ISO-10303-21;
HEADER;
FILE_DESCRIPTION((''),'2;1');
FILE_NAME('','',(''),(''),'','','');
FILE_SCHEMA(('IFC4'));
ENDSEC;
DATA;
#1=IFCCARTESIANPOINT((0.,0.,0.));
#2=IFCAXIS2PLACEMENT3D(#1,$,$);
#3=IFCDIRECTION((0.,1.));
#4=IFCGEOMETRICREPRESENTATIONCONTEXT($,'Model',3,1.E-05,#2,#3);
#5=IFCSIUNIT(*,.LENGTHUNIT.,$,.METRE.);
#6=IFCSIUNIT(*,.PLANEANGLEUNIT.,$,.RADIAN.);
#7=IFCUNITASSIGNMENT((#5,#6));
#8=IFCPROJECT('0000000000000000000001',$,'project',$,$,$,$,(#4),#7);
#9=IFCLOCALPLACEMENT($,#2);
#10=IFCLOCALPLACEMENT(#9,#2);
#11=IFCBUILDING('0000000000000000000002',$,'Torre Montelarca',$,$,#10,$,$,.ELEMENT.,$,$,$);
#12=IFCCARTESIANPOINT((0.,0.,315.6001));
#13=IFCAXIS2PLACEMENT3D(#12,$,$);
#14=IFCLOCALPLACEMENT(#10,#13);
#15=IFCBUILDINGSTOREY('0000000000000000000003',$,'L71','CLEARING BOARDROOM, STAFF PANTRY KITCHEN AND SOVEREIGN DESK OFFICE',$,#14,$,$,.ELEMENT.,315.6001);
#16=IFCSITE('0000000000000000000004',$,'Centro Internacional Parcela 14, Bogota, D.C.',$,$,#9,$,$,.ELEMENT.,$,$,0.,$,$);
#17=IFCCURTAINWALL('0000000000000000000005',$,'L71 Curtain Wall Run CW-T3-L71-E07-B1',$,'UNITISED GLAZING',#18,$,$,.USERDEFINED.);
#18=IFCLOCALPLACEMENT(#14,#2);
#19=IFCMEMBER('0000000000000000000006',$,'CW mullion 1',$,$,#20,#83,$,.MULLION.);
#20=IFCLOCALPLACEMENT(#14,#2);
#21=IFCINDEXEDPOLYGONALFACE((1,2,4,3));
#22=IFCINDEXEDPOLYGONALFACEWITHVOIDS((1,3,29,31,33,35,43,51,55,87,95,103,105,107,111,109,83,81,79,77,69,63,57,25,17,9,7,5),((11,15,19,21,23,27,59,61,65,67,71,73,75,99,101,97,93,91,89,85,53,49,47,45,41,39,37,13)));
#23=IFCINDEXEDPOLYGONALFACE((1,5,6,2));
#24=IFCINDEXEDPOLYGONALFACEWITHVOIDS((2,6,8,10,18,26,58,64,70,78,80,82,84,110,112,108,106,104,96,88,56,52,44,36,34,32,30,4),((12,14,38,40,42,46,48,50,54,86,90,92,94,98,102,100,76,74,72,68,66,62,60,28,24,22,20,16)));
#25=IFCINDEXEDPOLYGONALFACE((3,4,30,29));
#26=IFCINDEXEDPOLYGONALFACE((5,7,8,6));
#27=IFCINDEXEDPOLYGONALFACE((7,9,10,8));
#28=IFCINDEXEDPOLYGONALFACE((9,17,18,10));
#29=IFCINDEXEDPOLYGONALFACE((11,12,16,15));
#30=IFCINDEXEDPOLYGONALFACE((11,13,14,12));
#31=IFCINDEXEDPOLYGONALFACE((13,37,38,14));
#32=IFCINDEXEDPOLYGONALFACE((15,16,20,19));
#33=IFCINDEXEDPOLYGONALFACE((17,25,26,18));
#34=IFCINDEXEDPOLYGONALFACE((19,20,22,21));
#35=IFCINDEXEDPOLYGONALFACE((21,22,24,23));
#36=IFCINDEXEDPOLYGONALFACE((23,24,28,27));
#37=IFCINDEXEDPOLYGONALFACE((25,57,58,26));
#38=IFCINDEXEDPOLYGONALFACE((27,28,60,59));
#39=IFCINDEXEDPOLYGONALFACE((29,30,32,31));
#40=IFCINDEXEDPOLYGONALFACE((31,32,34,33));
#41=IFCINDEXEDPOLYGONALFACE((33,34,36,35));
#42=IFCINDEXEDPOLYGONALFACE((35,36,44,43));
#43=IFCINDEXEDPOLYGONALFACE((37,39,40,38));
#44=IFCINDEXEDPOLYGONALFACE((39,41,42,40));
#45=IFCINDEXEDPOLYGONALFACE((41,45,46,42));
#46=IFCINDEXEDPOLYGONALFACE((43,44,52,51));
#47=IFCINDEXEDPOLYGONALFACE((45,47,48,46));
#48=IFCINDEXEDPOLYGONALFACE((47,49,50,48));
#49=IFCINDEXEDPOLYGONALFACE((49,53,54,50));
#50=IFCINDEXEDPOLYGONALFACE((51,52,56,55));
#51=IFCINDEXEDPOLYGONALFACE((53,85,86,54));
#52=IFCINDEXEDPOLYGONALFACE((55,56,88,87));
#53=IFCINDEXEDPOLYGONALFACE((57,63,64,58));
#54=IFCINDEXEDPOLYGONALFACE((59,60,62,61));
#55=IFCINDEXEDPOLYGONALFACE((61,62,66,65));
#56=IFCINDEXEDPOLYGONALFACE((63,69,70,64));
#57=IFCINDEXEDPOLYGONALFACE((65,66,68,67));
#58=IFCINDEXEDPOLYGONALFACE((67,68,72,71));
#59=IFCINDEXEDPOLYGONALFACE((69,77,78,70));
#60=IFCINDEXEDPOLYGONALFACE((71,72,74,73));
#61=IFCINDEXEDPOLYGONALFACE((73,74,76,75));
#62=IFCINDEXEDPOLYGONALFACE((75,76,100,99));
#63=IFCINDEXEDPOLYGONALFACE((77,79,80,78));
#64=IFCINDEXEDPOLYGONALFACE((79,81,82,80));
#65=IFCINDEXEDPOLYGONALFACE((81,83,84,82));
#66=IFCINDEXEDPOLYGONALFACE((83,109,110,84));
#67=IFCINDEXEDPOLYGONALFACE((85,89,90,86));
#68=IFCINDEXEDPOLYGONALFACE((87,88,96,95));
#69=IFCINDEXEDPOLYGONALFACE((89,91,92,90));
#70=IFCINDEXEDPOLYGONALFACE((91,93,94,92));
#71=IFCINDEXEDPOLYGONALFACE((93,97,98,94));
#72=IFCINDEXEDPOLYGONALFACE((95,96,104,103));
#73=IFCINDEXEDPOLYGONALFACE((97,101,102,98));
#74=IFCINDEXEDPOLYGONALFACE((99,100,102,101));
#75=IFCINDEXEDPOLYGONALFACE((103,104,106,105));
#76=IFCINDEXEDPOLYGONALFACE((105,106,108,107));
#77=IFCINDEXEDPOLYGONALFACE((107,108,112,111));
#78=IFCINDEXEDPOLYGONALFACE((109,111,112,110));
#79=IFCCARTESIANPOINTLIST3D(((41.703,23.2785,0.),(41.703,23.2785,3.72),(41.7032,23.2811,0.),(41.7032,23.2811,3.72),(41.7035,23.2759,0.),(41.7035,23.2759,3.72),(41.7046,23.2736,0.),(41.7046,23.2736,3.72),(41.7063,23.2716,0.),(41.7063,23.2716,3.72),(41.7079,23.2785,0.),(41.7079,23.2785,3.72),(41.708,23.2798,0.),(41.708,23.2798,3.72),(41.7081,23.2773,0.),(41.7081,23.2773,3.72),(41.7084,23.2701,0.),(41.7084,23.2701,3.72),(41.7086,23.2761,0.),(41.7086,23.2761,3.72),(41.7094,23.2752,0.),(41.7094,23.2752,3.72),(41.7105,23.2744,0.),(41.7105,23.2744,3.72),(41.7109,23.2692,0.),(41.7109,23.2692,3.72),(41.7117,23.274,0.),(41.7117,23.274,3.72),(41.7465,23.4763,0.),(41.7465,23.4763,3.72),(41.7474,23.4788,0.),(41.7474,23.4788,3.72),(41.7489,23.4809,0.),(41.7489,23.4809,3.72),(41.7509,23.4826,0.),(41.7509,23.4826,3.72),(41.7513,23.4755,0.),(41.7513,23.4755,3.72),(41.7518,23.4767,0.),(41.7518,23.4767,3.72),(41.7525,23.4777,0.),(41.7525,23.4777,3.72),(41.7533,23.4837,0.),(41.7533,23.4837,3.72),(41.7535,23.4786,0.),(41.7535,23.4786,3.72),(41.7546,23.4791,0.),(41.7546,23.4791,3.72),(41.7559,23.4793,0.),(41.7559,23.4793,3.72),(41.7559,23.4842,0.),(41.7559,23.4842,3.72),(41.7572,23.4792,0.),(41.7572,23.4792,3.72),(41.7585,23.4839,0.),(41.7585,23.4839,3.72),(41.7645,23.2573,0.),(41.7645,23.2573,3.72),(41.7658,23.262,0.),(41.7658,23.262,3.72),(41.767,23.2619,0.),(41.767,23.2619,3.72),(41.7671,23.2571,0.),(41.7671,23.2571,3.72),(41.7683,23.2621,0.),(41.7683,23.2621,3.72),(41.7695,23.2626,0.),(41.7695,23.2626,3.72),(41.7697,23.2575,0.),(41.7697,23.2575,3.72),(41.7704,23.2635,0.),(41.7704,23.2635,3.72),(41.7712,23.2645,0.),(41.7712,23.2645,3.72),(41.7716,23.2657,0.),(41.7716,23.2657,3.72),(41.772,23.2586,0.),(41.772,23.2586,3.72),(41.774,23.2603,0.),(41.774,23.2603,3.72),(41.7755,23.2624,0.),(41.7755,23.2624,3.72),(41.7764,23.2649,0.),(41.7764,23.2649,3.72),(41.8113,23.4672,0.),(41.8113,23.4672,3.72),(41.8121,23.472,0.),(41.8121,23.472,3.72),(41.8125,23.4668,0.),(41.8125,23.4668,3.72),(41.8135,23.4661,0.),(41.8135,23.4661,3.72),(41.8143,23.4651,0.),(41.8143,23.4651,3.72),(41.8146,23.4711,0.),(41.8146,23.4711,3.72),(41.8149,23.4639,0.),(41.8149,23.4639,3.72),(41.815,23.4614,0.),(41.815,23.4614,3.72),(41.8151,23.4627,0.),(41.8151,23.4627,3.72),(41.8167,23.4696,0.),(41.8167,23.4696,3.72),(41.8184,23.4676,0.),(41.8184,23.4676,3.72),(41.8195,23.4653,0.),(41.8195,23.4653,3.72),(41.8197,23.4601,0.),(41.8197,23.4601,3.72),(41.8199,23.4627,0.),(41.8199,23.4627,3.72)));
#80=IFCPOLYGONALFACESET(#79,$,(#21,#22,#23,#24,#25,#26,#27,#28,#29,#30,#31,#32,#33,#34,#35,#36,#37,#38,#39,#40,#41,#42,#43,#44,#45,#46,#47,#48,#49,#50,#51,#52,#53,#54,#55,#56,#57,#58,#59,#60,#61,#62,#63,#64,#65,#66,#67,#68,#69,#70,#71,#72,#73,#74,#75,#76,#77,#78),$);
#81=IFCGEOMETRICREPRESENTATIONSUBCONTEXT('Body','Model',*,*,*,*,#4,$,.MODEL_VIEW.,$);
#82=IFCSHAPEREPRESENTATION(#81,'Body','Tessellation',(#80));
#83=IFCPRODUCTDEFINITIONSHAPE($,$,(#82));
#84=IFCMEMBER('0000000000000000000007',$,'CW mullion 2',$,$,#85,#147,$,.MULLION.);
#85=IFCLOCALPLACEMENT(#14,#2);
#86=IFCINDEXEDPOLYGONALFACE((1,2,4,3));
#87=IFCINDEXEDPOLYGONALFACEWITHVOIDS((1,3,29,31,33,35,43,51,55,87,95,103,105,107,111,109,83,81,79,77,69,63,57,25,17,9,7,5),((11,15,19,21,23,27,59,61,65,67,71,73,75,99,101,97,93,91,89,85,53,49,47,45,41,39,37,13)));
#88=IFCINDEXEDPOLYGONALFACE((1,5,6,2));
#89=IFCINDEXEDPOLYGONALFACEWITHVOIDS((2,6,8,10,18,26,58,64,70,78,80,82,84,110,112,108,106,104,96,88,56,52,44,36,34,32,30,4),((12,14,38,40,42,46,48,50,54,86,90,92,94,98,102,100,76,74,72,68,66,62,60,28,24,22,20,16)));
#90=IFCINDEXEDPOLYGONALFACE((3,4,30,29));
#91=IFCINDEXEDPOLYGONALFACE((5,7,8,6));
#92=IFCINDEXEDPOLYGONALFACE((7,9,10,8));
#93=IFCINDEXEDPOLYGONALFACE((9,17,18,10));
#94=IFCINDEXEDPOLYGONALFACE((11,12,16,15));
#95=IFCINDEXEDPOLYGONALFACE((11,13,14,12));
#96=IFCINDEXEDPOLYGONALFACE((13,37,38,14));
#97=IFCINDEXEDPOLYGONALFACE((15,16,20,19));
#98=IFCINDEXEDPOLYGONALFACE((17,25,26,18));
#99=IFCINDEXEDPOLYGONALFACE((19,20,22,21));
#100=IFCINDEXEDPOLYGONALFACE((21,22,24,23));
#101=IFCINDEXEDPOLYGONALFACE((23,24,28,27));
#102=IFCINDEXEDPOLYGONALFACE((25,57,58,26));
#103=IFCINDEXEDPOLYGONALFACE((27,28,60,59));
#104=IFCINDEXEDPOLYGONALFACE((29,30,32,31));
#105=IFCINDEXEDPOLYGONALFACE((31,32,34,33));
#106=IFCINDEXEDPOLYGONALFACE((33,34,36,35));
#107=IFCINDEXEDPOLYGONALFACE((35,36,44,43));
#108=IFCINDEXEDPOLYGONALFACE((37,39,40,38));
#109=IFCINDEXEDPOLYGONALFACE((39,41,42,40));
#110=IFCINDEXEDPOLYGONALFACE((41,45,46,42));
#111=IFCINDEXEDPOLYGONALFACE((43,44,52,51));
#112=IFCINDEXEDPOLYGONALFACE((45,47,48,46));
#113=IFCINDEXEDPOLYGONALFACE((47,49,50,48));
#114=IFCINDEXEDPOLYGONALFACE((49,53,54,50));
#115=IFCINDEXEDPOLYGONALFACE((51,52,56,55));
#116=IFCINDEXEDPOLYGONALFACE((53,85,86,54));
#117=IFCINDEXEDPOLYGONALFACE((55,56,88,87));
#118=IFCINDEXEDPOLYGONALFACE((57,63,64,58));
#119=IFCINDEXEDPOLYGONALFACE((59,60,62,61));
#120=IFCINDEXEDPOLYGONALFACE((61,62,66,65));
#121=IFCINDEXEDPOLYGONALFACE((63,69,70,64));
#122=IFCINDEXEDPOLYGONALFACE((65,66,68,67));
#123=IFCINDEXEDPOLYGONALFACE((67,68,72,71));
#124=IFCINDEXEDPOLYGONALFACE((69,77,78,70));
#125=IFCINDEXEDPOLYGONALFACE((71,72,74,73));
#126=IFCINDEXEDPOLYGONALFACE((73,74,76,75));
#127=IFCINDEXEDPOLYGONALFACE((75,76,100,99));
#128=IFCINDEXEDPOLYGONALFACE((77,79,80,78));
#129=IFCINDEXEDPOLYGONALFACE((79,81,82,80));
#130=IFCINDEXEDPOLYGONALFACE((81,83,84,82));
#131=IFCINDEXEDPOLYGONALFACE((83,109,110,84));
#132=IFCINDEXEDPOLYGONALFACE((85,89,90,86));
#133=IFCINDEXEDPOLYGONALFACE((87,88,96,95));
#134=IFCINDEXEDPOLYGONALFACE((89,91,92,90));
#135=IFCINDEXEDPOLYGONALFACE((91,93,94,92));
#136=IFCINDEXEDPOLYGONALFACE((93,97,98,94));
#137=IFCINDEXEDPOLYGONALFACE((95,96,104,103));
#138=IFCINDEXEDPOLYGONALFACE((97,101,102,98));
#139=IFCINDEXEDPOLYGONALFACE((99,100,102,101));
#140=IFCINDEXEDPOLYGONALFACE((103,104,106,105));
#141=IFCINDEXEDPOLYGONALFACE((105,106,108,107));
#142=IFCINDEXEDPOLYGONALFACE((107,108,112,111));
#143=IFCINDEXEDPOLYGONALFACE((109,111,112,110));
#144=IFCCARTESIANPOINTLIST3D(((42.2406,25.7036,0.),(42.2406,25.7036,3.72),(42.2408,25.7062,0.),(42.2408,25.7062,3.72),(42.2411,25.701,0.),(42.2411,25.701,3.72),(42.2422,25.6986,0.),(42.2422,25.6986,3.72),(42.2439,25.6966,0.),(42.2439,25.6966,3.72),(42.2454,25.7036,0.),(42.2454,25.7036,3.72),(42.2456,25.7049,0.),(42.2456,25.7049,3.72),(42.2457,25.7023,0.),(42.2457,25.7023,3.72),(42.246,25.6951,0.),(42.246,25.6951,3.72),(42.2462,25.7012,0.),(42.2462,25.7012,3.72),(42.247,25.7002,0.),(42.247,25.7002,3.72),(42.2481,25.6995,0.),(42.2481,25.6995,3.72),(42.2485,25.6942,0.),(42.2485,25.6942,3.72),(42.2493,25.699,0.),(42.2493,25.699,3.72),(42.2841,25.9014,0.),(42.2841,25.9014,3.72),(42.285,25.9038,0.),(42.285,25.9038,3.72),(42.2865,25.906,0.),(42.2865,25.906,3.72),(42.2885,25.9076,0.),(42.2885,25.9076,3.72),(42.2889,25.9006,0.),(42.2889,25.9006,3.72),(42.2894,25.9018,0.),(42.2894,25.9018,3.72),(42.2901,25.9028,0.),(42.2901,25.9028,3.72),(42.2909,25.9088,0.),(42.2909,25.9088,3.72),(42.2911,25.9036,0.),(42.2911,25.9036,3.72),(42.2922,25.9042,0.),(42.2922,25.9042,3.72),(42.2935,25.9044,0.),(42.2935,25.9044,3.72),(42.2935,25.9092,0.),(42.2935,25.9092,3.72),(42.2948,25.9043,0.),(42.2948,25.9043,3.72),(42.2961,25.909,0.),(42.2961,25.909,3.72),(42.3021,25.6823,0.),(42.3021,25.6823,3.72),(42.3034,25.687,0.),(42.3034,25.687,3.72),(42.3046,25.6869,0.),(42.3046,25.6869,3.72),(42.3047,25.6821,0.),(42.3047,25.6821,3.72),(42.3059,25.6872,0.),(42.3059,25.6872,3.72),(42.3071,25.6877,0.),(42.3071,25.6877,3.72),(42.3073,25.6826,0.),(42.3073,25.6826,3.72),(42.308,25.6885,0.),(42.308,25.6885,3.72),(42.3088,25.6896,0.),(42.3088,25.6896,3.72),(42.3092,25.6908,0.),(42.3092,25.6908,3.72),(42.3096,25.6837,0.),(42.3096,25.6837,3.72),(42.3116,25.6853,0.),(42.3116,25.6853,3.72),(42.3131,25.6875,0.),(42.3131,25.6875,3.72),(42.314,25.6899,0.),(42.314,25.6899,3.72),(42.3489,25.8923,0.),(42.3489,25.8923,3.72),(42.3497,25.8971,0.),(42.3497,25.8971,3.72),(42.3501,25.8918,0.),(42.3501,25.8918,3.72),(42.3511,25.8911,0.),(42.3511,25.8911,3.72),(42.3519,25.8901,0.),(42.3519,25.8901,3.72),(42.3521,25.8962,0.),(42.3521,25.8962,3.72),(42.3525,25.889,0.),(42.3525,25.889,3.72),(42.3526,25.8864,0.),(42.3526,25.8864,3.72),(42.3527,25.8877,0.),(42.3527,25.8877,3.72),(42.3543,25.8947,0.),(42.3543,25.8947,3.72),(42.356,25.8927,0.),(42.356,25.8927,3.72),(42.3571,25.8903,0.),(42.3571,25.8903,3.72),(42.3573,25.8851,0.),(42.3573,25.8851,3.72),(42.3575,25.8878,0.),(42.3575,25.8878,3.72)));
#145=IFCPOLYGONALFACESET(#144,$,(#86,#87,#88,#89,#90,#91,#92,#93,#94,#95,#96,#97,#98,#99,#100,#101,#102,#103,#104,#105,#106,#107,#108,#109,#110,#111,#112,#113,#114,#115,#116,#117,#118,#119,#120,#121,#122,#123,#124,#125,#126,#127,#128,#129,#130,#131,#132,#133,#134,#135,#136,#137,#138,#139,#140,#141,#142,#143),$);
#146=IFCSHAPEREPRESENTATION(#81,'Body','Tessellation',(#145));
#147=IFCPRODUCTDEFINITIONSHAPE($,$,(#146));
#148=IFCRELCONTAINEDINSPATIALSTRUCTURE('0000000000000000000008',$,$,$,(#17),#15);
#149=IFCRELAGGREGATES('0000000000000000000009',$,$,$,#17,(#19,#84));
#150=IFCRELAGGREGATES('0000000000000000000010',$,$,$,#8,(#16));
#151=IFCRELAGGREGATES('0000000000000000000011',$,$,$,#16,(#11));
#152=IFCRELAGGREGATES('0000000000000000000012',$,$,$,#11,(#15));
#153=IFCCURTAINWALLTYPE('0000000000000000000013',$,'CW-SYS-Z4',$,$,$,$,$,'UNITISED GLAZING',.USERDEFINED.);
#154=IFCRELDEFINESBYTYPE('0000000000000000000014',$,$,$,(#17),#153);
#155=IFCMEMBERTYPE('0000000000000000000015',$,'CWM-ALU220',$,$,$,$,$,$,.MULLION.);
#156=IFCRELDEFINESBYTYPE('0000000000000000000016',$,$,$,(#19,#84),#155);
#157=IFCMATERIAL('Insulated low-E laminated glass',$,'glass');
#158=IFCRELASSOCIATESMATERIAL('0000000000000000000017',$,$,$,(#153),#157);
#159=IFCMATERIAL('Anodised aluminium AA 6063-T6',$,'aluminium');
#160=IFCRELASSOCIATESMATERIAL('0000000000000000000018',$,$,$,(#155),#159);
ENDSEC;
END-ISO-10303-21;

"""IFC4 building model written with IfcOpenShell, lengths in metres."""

from ifc_helpers import new_model, si_unit, direction, frame, origin, origin_2d, place, context, subcontext, project, spatial, hollow_rectangle, extrude, source, transform, mapped, material, material_profile, profile_set, type_object, element, aggregate, save


model = new_model("IFC4")

# Units and contexts
model_context = context("Model", 3, precision=1e-05, world=origin(), true_north=direction((0.0, 1.0)))
body_context = subcontext(model_context, "Body", "Model", "MODEL_VIEW")
ifc_project = project(units=[si_unit("LENGTHUNIT", "METRE"), si_unit("PLANEANGLEUNIT", "RADIAN")], contexts=[model_context])

# Site, building, storey
site_placement = place(None, origin())
site = spatial("IfcSite", under=ifc_project, at=site_placement, Name="Centro Internacional Parcela 14, Bogota, D.C.", CompositionType="ELEMENT", RefElevation=0.0)
building_placement = place(site_placement, origin())
building = spatial("IfcBuilding", under=site, at=building_placement, Name="Torre Montelarca", CompositionType="ELEMENT")
storey_placement = place(building_placement, frame((0.0, 0.0, 315.6001)))
storey = spatial("IfcBuildingStorey", under=building, at=storey_placement, Name="L71", Description="CLEARING BOARDROOM, STAFF PANTRY KITCHEN AND SOVEREIGN DESK OFFICE", CompositionType="ELEMENT", Elevation=315.6001)

# Curtain wall, members
ifc_material_1 = material(Name="Insulated low-E laminated glass", Category="glass")
curtain_wall_type = type_object("IfcCurtainWallType", Name="CW-SYS-Z4", ElementType="UNITISED GLAZING", PredefinedType="USERDEFINED", material=ifc_material_1)
ifc_material_2 = material(Name="Anodised aluminium AA 6063-T6", Category="aluminium")
ifc_material_profile_1 = material_profile(ifc_material_2, hollow_rectangle(XDim=0.075, YDim=0.22, WallThickness=0.0049, InnerFilletRadius=0.0049, OuterFilletRadius=0.01, at=origin_2d()), Name="ALU75X220X5", Category="aluminium")
ifc_profile_set_1 = profile_set([ifc_material_profile_1], Name="Anodised aluminium AA 6063-T6")
member_type_1 = type_object("IfcMemberType", Name="CWM-ALU220", PredefinedType="MULLION", material=ifc_profile_set_1)
shared_shape_1 = source(origin(), body_context, "Body", "SweptSolid", [
    extrude(hollow_rectangle(XDim=0.075, YDim=0.22, WallThickness=0.0049, InnerFilletRadius=0.0049, OuterFilletRadius=0.01, at=origin_2d()), origin(), (0.0, 0.0, 1.0), 3.72),
])
curtain_wall_1_placement = place(storey_placement, origin())
curtain_wall_1 = element("IfcCurtainWall", 1, at=curtain_wall_1_placement, inside=storey, type_object=curtain_wall_type, Name="L71 Curtain Wall Run CW-T3-L71-E07-B1", ObjectType="UNITISED GLAZING", PredefinedType="USERDEFINED")
member_1_placement = place(storey_placement, frame((41.7615, 23.3706, 0.0), z_axis=(0.0, 0.0, 1.0), x_axis=(-0.976295, 0.216443, 0.0)))
member_1 = element("IfcMember", 2, at=member_1_placement, type_object=member_type_1, Name="CW mullion 1", PredefinedType="MULLION", context=body_context, shape_type="MappedRepresentation", body=[
    mapped(shared_shape_1, transform((0.0, 0.0, 0.0), scale=1.0)),
])
member_2_placement = place(storey_placement, frame((42.2991, 25.7957, 0.0), z_axis=(0.0, 0.0, 1.0), x_axis=(-0.976295, 0.216443, 0.0)))
member_2 = element("IfcMember", 3, at=member_2_placement, type_object=member_type_1, Name="CW mullion 2", PredefinedType="MULLION", context=body_context, shape_type="MappedRepresentation", body=[
    mapped(shared_shape_1, transform((0.0, 0.0, 0.0), scale=1.0)),
])

aggregate(curtain_wall_1, [member_1, member_2])

save(model, "model.ifc")
